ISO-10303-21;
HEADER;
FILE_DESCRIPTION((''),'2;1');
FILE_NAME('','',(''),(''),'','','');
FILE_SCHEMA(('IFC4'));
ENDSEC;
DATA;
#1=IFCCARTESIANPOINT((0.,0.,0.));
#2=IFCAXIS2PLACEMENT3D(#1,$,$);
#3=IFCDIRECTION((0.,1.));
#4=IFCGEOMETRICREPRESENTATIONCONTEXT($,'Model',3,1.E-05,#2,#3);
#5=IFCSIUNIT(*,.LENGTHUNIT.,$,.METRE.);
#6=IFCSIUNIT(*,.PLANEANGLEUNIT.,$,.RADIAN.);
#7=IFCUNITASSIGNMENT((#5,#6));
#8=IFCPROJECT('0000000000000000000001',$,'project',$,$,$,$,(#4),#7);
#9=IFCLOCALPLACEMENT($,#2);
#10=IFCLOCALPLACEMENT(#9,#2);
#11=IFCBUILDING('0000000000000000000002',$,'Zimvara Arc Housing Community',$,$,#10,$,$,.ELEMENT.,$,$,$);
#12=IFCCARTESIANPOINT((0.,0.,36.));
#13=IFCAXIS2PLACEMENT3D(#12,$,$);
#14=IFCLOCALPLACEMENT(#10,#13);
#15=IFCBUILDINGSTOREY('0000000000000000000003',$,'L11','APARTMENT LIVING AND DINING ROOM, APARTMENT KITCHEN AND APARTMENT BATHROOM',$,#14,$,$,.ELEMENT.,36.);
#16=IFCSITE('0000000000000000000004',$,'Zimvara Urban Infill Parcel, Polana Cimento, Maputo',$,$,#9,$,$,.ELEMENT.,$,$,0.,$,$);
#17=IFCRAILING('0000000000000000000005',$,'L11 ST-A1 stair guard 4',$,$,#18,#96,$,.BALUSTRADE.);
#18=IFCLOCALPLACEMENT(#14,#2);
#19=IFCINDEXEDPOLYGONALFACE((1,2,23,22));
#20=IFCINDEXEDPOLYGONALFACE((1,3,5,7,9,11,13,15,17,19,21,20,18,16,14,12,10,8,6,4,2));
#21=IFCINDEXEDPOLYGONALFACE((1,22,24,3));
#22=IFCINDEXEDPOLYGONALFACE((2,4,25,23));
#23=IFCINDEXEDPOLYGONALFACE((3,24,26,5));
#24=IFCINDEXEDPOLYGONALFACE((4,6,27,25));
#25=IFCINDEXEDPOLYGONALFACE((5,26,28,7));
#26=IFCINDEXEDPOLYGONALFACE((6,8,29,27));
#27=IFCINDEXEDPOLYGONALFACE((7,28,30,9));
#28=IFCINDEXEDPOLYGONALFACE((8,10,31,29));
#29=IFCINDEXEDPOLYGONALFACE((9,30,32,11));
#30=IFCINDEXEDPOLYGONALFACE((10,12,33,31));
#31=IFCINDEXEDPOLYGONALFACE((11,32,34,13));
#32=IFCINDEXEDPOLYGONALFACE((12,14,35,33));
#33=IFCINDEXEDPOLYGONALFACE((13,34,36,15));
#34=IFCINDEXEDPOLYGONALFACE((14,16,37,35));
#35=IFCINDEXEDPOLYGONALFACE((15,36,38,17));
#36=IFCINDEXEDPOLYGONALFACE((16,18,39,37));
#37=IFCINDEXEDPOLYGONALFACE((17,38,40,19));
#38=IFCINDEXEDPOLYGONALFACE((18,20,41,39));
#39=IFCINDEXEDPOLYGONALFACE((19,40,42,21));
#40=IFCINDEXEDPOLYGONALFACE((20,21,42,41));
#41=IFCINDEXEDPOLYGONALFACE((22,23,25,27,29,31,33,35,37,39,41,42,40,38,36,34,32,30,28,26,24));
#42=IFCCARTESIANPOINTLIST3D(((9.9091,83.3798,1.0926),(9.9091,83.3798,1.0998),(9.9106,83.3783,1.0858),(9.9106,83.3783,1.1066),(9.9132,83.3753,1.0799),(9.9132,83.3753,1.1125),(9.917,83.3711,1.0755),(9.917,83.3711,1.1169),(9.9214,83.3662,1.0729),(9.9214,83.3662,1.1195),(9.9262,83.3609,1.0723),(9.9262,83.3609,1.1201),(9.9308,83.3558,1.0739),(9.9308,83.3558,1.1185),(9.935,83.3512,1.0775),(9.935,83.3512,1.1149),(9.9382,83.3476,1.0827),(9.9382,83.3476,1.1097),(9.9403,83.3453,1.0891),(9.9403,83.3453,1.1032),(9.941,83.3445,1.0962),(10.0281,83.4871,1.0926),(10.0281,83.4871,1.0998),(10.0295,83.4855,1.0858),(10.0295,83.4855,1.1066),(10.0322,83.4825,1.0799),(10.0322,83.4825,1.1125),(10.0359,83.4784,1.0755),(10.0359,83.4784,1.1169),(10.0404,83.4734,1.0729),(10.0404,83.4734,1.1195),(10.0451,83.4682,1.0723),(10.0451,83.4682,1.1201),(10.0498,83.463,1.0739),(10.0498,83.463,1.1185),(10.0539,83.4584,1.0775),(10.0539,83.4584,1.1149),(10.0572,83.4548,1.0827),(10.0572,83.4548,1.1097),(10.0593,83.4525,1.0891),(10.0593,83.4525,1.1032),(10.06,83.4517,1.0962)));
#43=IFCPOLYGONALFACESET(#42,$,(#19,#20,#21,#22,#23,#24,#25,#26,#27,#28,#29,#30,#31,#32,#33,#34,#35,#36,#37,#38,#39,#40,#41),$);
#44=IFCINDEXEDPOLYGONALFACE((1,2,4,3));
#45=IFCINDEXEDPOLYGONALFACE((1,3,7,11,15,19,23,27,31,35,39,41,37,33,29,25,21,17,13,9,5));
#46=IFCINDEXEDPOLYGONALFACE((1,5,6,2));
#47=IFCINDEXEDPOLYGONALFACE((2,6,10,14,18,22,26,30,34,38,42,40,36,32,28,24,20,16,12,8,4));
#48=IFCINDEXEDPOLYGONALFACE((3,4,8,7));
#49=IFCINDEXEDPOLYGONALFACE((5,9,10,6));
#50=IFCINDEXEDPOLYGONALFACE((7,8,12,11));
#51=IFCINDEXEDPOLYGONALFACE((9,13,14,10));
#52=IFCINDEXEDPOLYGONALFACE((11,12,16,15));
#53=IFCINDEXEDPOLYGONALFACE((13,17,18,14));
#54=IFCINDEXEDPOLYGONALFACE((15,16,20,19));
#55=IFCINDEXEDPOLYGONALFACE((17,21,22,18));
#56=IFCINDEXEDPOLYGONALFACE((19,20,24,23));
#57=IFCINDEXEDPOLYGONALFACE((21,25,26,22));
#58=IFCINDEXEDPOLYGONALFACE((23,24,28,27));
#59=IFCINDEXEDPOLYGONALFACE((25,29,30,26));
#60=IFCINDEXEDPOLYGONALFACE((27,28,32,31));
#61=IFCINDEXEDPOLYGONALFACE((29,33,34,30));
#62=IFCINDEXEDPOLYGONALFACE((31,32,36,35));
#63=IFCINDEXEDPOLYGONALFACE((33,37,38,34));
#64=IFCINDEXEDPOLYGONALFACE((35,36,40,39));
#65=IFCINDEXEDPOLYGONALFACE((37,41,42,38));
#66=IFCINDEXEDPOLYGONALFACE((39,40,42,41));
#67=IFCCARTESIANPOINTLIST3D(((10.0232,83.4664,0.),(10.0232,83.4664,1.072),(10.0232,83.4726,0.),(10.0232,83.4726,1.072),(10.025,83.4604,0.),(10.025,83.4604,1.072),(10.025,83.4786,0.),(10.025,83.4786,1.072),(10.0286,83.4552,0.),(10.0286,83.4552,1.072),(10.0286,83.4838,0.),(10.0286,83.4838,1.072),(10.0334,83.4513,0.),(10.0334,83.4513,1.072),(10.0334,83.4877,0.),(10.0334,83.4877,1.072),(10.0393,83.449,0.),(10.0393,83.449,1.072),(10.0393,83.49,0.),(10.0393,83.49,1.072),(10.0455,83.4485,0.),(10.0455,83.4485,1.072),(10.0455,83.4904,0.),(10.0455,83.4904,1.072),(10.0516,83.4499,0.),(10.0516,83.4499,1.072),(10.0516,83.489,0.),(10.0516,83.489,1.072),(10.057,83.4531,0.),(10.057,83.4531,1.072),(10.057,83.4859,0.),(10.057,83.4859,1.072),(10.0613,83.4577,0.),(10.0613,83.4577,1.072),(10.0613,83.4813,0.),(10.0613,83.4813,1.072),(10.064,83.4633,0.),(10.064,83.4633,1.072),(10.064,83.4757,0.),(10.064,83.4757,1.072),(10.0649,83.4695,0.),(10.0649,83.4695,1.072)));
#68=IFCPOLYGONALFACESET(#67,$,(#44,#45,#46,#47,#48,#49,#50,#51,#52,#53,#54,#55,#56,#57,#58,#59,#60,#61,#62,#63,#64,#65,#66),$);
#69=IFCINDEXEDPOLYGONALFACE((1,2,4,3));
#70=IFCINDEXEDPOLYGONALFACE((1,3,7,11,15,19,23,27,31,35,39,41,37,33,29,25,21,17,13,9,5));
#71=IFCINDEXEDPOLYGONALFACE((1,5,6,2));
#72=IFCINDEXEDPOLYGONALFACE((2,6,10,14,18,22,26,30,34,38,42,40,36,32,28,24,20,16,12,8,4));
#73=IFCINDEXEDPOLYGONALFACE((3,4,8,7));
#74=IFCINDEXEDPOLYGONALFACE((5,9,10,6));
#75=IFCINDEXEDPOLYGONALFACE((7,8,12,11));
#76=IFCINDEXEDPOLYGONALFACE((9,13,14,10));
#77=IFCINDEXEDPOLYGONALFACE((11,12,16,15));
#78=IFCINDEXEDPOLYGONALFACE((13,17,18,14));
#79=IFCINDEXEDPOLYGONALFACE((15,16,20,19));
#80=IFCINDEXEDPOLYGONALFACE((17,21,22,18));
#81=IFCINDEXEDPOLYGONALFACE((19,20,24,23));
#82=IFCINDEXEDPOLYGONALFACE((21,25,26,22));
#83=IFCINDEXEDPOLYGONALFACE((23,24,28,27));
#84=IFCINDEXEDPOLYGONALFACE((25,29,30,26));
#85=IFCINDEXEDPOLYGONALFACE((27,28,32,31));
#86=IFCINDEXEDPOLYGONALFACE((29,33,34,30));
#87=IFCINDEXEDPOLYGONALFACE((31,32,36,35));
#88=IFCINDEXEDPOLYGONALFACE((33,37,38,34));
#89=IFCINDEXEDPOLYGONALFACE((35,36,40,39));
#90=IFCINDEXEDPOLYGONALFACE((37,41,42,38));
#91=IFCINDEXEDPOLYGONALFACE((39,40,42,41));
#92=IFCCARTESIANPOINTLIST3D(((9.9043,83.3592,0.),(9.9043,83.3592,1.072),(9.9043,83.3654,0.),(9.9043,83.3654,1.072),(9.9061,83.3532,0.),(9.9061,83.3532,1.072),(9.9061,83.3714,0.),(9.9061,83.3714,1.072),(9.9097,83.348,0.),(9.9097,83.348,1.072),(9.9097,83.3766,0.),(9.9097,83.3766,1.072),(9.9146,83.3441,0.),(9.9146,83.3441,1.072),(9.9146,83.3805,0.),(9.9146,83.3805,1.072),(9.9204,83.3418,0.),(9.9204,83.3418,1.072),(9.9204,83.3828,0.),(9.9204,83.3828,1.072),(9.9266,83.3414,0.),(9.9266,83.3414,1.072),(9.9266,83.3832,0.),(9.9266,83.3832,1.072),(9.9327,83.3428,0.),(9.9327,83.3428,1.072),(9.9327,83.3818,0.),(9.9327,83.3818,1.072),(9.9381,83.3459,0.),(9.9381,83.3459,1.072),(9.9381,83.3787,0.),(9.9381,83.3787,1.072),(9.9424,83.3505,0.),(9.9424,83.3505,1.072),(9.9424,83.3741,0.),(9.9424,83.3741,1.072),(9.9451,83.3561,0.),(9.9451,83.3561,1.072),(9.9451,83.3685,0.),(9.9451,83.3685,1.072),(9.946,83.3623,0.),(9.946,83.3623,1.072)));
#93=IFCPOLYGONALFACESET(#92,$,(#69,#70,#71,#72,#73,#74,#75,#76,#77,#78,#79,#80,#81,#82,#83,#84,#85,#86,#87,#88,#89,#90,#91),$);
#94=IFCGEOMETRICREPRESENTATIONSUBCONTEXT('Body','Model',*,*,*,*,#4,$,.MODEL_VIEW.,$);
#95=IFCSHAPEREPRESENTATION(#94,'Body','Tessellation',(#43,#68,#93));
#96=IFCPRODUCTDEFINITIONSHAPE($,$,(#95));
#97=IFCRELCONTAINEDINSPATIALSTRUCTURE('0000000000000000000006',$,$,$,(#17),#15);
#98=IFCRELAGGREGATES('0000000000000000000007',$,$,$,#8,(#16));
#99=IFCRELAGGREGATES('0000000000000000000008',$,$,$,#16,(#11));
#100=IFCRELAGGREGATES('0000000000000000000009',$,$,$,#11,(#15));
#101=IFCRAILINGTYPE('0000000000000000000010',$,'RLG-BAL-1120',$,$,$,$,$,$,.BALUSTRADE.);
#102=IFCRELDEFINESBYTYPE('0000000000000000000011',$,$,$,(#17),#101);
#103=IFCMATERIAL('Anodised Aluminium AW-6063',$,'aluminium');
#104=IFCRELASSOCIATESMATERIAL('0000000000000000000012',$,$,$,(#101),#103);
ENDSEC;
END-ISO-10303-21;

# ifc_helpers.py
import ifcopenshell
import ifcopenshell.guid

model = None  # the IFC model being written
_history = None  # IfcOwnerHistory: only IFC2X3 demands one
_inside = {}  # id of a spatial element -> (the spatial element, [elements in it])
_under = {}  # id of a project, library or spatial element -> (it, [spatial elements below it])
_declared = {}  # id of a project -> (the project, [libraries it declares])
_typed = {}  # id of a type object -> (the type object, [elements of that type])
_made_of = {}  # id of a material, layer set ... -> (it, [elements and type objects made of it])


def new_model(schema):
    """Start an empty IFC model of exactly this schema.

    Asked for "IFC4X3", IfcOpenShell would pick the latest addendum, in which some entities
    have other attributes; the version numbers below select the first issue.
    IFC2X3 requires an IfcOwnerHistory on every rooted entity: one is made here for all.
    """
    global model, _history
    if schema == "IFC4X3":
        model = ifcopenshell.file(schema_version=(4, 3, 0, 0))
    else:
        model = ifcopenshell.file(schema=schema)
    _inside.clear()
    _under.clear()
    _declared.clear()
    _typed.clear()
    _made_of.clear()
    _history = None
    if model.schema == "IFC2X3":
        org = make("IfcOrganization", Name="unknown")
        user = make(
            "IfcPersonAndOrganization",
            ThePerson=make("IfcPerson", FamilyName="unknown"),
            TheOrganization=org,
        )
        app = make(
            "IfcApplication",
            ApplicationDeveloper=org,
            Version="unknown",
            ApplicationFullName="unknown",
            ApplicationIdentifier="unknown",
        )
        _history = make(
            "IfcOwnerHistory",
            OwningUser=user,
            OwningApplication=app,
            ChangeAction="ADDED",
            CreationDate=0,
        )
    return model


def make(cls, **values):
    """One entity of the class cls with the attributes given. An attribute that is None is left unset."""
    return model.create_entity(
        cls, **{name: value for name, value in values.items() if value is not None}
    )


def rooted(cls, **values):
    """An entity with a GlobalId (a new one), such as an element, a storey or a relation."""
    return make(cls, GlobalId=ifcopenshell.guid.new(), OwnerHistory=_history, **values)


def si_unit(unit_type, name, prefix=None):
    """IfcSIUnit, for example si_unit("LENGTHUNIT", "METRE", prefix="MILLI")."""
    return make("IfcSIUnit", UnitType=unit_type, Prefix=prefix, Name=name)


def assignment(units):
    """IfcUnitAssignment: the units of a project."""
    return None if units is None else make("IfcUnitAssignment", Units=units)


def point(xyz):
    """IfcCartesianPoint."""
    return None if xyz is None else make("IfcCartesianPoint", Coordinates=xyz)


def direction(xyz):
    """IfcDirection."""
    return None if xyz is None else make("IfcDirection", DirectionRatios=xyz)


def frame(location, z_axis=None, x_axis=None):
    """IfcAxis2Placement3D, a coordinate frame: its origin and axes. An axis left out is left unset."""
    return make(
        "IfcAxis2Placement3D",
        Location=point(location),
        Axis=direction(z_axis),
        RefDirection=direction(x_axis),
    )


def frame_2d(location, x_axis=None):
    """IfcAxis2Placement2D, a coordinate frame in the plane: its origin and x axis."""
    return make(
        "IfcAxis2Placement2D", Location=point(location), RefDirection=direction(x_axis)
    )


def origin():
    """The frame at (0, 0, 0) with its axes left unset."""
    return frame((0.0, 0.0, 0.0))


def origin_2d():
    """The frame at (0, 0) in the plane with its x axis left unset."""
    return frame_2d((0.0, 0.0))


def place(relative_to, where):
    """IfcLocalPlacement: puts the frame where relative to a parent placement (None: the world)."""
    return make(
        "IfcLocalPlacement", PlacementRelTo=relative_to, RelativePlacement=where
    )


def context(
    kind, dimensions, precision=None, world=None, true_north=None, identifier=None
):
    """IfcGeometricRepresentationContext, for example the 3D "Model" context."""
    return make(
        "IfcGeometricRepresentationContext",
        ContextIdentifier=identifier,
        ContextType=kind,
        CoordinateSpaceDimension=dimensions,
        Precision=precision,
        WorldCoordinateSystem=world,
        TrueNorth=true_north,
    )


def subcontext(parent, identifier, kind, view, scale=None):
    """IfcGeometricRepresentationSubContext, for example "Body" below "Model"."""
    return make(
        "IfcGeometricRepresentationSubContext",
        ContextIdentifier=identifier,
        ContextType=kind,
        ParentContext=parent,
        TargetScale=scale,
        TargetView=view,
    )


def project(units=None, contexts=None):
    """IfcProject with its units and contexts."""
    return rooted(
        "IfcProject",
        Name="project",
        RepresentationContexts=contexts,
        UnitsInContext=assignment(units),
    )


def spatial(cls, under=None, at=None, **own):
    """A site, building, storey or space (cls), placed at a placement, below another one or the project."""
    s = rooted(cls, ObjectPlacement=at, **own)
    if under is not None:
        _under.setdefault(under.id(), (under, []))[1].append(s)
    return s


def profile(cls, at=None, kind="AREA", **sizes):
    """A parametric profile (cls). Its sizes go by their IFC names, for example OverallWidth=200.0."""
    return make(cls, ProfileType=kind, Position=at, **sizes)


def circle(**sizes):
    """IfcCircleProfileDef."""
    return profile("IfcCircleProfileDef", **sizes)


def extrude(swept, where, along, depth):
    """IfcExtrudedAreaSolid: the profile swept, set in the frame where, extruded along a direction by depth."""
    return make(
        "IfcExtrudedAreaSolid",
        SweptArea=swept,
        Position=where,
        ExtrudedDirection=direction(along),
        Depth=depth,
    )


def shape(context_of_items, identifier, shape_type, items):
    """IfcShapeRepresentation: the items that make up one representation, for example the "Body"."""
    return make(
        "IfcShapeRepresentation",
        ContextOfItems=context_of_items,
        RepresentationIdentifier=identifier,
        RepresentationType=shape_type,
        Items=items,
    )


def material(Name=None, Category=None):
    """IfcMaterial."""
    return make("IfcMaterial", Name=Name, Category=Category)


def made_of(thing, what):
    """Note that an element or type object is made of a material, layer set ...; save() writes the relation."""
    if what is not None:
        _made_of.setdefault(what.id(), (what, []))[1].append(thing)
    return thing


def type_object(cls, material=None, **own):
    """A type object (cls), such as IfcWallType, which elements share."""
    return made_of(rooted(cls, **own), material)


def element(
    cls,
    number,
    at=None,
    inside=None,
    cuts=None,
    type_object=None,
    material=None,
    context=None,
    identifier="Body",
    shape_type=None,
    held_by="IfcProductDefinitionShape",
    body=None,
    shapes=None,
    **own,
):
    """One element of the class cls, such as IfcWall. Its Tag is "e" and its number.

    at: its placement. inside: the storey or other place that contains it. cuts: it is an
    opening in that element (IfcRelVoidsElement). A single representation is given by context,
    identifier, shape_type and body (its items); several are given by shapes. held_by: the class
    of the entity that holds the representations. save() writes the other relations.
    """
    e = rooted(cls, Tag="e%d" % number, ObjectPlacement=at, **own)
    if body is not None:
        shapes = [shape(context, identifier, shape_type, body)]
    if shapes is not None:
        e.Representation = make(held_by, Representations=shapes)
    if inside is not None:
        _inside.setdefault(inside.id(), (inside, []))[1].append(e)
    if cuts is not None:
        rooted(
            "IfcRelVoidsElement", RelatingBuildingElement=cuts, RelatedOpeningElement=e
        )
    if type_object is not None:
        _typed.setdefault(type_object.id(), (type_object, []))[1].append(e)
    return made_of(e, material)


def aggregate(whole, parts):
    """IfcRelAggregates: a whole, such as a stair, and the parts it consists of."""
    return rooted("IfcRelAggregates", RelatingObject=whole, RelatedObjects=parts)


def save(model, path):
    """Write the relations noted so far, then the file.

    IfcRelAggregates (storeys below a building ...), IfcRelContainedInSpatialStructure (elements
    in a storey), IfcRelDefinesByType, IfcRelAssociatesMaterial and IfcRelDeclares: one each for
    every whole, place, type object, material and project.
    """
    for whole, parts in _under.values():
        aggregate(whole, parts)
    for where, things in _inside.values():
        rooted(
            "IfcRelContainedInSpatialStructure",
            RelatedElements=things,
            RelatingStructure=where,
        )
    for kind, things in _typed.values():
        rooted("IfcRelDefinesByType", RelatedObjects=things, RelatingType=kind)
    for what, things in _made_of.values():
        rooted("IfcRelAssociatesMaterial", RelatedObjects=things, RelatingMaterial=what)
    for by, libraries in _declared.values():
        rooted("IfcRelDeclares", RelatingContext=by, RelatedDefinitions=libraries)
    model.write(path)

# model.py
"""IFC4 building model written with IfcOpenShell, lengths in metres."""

from ifc_helpers import new_model, si_unit, direction, frame, origin, origin_2d, place, context, subcontext, project, spatial, circle, extrude, material, type_object, element, save


model = new_model("IFC4")

# Units and contexts
model_context = context("Model", 3, precision=1e-05, world=origin(), true_north=direction((0.0, 1.0)))
body_context = subcontext(model_context, "Body", "Model", "MODEL_VIEW")
ifc_project = project(units=[si_unit("LENGTHUNIT", "METRE"), si_unit("PLANEANGLEUNIT", "RADIAN")], contexts=[model_context])

# Site, building, storey
site_placement = place(None, origin())
site = spatial("IfcSite", under=ifc_project, at=site_placement, Name="Zimvara Urban Infill Parcel, Polana Cimento, Maputo", CompositionType="ELEMENT", RefElevation=0.0)
building_placement = place(site_placement, origin())
building = spatial("IfcBuilding", under=site, at=building_placement, Name="Zimvara Arc Housing Community", CompositionType="ELEMENT")
storey_placement = place(building_placement, frame((0.0, 0.0, 36.0)))
storey = spatial("IfcBuildingStorey", under=building, at=storey_placement, Name="L11", Description="APARTMENT LIVING AND DINING ROOM, APARTMENT KITCHEN AND APARTMENT BATHROOM", CompositionType="ELEMENT", Elevation=36.0)

# Railing
ifc_material_1 = material(Name="Anodised Aluminium AW-6063", Category="aluminium")
railing_type_1 = type_object("IfcRailingType", Name="RLG-BAL-1120", PredefinedType="BALUSTRADE", material=ifc_material_1)
railing_1_placement = place(storey_placement, frame((10.0439, 83.4695, 0.0)))
element("IfcRailing", 1, at=railing_1_placement, inside=storey, type_object=railing_type_1, Name="L11 ST-A1 stair guard 4", PredefinedType="BALUSTRADE", context=body_context, shape_type="SweptSolid", body=[
    extrude(circle(Radius=0.0239, at=origin_2d()), frame((0.0, 0.0, 1.0962), z_axis=(-0.742763, -0.669554, 0.0), x_axis=(0.669554, -0.742763, 0.0)), (0.0, 0.0, 1.0), 0.1602),
    extrude(circle(Radius=0.021, at=origin_2d()), origin(), (0.0, 0.0, 1.0), 1.072),
    extrude(circle(Radius=0.021, at=origin_2d()), frame((-0.1189, -0.1072, 0.0)), (0.0, 0.0, 1.0), 1.072),
])

save(model, "model.ifc")
